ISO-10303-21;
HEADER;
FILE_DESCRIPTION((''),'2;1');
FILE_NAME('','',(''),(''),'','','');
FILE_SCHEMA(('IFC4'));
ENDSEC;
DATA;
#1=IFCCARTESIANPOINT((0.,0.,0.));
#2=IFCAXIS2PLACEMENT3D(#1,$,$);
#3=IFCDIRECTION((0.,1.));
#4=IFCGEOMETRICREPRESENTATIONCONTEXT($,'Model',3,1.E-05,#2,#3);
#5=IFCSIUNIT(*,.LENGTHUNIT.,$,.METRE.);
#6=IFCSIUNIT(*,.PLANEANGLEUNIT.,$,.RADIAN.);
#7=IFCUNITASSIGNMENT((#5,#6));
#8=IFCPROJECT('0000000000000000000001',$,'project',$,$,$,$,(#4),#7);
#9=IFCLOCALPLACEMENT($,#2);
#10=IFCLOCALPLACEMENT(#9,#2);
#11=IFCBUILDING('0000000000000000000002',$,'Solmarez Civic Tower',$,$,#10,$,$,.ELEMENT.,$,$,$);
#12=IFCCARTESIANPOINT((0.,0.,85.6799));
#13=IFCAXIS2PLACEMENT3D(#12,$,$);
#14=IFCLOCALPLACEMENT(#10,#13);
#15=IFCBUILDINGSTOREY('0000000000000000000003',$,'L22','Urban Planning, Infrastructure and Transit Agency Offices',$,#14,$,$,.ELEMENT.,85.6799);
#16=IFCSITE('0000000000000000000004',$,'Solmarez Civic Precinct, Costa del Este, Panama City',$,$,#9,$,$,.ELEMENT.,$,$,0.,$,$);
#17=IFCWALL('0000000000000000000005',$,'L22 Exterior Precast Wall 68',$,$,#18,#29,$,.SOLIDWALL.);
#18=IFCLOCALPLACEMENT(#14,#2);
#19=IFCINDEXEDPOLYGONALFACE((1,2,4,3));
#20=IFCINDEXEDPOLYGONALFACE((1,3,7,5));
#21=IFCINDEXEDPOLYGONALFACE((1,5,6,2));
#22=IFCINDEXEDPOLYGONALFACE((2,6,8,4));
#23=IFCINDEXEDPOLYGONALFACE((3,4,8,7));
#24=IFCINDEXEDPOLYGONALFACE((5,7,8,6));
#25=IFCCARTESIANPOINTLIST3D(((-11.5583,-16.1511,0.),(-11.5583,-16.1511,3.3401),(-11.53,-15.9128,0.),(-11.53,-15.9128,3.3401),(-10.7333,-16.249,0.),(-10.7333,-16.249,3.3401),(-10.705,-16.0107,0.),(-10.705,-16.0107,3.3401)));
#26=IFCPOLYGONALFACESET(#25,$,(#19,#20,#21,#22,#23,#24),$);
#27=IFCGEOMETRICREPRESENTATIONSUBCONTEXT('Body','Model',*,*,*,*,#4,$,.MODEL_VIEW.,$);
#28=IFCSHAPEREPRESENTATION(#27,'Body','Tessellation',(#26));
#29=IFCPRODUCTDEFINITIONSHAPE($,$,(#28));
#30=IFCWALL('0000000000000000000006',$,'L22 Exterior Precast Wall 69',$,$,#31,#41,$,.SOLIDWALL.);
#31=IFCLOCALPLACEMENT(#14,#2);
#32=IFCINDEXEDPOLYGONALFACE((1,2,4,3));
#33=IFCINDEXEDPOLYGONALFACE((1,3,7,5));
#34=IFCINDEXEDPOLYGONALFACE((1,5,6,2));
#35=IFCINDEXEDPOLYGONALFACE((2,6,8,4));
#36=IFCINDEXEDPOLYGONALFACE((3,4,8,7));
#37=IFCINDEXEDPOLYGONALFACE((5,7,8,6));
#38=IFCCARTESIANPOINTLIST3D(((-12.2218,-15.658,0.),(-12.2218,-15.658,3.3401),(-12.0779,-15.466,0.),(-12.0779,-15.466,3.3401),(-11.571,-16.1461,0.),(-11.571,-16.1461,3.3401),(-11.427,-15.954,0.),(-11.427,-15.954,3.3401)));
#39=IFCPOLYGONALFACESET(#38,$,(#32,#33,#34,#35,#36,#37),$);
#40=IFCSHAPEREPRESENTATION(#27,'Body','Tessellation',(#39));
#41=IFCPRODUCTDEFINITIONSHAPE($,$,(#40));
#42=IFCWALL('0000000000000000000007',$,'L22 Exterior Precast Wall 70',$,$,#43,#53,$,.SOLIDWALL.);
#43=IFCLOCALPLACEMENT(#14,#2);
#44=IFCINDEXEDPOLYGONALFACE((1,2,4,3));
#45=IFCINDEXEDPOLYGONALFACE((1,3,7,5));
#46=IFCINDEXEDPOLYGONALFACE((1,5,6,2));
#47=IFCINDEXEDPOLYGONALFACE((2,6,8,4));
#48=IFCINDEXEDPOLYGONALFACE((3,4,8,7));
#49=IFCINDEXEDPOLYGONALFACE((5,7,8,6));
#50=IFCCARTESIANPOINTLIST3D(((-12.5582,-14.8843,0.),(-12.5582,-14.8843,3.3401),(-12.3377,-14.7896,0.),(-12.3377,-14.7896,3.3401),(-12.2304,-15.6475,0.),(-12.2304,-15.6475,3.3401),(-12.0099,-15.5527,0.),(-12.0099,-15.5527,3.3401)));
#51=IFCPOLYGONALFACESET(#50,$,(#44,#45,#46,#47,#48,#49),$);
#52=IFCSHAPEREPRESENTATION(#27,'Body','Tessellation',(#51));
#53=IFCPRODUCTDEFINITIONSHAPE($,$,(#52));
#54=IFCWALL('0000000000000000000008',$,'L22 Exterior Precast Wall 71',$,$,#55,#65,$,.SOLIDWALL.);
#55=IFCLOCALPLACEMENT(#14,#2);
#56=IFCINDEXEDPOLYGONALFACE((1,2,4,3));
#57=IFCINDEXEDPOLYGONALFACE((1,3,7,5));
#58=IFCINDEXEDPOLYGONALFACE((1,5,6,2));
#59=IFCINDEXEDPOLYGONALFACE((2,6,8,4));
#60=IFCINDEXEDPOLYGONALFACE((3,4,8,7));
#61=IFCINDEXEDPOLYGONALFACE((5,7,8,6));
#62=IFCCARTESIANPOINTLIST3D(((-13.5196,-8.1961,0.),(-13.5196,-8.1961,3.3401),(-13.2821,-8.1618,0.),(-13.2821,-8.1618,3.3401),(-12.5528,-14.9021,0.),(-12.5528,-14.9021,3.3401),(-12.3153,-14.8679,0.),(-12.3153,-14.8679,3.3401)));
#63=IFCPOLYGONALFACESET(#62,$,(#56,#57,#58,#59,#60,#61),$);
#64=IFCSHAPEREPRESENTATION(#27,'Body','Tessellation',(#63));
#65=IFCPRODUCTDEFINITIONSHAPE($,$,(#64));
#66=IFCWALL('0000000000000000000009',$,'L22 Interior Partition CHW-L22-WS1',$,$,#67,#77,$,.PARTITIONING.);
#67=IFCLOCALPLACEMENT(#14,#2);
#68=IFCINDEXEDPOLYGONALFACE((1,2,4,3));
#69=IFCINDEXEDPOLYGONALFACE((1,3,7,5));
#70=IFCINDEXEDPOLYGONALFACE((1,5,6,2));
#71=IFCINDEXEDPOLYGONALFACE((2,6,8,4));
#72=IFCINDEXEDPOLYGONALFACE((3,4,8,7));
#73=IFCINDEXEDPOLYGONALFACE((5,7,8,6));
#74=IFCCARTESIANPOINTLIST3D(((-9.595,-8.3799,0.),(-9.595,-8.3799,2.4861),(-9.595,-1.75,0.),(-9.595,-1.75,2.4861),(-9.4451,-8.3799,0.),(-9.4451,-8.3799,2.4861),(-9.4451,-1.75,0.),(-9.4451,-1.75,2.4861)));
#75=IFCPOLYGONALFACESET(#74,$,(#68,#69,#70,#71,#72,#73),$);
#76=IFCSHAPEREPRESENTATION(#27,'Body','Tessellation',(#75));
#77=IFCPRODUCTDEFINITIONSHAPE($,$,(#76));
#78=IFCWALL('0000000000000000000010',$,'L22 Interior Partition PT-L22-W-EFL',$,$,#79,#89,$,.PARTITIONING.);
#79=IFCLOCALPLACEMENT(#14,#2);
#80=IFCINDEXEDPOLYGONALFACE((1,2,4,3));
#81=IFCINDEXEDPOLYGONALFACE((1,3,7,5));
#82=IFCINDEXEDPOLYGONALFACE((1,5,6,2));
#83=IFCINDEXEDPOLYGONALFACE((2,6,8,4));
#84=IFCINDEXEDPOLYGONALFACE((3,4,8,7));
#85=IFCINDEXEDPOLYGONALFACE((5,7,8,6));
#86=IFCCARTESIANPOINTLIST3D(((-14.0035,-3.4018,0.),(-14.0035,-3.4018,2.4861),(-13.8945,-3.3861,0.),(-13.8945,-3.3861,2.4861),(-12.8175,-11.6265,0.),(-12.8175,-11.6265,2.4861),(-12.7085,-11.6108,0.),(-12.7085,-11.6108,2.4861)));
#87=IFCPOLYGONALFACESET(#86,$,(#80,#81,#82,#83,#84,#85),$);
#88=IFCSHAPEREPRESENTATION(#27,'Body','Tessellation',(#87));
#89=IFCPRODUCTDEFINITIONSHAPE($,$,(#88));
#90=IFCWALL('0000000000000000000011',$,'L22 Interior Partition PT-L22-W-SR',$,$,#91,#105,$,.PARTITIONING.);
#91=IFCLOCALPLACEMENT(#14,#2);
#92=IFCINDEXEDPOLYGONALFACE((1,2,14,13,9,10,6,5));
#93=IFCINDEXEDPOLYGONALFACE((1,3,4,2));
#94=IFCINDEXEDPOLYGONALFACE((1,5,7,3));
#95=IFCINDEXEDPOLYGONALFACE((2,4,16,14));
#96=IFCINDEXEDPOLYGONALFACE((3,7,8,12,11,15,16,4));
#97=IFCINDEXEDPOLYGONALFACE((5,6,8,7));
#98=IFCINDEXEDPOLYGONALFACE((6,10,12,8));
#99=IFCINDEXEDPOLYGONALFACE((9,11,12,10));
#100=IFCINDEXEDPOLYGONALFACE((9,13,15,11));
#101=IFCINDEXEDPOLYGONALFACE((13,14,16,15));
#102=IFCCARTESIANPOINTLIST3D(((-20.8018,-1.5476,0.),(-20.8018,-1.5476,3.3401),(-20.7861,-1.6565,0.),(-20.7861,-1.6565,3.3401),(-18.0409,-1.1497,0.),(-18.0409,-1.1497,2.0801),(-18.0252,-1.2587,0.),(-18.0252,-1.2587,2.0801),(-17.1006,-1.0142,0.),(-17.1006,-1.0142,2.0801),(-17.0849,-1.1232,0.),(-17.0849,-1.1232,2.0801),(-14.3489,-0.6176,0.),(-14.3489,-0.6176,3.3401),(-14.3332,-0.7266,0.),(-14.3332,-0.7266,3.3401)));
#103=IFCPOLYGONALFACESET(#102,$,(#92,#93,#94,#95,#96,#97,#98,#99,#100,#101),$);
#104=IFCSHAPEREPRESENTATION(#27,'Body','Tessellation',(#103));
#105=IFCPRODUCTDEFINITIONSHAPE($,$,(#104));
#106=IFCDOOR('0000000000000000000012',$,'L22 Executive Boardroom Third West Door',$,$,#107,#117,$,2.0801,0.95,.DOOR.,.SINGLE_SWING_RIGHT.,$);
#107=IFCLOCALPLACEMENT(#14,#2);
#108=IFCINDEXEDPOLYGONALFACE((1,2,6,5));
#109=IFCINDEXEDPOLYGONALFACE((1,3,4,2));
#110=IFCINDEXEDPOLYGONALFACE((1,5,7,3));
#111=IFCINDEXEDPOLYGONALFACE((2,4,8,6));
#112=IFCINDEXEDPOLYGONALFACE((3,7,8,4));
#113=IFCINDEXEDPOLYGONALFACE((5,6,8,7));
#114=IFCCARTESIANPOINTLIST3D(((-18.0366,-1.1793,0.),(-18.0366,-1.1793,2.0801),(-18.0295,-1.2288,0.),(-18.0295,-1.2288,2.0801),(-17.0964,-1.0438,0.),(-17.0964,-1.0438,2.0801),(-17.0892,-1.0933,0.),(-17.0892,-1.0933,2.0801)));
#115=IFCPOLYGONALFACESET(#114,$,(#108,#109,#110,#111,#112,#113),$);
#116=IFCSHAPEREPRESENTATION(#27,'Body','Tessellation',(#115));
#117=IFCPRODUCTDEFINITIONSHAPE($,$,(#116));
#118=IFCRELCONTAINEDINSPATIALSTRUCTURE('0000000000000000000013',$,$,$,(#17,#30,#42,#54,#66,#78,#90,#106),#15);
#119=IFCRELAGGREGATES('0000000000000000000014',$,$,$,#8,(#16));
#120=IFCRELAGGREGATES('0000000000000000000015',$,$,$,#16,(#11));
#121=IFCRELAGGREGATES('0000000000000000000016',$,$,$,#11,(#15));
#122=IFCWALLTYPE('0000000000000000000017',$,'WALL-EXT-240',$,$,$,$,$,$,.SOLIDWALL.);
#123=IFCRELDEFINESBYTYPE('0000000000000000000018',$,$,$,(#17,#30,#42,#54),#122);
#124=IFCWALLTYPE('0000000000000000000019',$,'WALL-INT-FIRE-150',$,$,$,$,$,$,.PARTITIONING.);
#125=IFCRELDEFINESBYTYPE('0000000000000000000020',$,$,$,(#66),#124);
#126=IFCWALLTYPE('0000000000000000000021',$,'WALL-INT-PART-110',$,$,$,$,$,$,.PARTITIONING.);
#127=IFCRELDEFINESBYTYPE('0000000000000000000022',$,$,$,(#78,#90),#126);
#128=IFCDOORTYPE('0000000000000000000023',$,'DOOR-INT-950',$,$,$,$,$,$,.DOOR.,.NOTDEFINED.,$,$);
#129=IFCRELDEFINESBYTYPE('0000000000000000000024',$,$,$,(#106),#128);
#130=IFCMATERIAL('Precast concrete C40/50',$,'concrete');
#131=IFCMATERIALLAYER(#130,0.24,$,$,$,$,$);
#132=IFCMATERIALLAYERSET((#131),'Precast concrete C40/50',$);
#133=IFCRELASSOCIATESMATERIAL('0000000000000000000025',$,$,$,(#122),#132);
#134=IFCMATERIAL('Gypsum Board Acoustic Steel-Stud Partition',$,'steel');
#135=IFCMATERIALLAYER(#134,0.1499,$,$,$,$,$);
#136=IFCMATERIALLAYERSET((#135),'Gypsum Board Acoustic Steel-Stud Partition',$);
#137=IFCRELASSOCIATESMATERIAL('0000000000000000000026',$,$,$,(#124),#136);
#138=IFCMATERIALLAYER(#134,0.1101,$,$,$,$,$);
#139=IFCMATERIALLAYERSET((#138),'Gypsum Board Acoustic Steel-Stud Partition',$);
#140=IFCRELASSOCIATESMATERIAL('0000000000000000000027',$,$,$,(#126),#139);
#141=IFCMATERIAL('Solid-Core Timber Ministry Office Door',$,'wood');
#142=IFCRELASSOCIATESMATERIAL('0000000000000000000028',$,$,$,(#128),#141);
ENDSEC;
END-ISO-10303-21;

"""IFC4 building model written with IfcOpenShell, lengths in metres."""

from ifc_helpers import new_model, si_unit, direction, frame, frame_2d, origin, place, context, subcontext, project, spatial, rectangle, extrude, material, layer, layer_set, type_object, element, fill, save


model = new_model("IFC4")

# Units and contexts
model_context = context("Model", 3, precision=1e-05, world=origin(), true_north=direction((0.0, 1.0)))
body_context = subcontext(model_context, "Body", "Model", "MODEL_VIEW")
ifc_project = project(units=[si_unit("LENGTHUNIT", "METRE"), si_unit("PLANEANGLEUNIT", "RADIAN")], contexts=[model_context])

# Site, building, storey
site_placement = place(None, origin())
site = spatial("IfcSite", under=ifc_project, at=site_placement, Name="Solmarez Civic Precinct, Costa del Este, Panama City", CompositionType="ELEMENT", RefElevation=0.0)
building_placement = place(site_placement, origin())
building = spatial("IfcBuilding", under=site, at=building_placement, Name="Solmarez Civic Tower", CompositionType="ELEMENT")
storey_placement = place(building_placement, frame((0.0, 0.0, 85.6799)))
storey = spatial("IfcBuildingStorey", under=building, at=storey_placement, Name="L22", Description="Urban Planning, Infrastructure and Transit Agency Offices", CompositionType="ELEMENT", Elevation=85.6799)

# Shared definitions
ifc_material_1 = material(Name="Precast concrete C40/50", Category="concrete")
ifc_layer_1 = layer(ifc_material_1, 0.24)
ifc_layer_set_1 = layer_set([ifc_layer_1], Name="Precast concrete C40/50")
wall_type_1 = type_object("IfcWallType", Name="WALL-EXT-240", PredefinedType="SOLIDWALL", material=ifc_layer_set_1)

# Walls
wall_1_placement = place(storey_placement, frame((-10.719, -16.1299, 0.0), z_axis=(0.0, 0.0, 1.0), x_axis=(-0.993032, 0.117847, 0.0)))
element("IfcWall", 1, at=wall_1_placement, inside=storey, type_object=wall_type_1, Name="L22 Exterior Precast Wall 68", PredefinedType="SOLIDWALL", context=body_context, shape_type="SweptSolid", body=[
    extrude(rectangle(XDim=0.8308, YDim=0.24, at=frame_2d((0.4155, 0.0))), origin(), (0.0, 0.0, 1.0), 3.3401),
])
wall_2_placement = place(storey_placement, frame((-11.499, -16.05, 0.0), z_axis=(0.0, 0.0, 1.0), x_axis=(-0.800072, 0.599904, 0.0)))
element("IfcWall", 2, at=wall_2_placement, inside=storey, type_object=wall_type_1, Name="L22 Exterior Precast Wall 69", PredefinedType="SOLIDWALL", context=body_context, shape_type="SweptSolid", body=[
    extrude(rectangle(XDim=0.8135, YDim=0.24, at=frame_2d((0.4067, 0.0))), origin(), (0.0, 0.0, 1.0), 3.3401),
])
wall_3_placement = place(storey_placement, frame((-12.1201, -15.6001, 0.0), z_axis=(0.0, 0.0, 1.0), x_axis=(-0.394735, 0.918795, 0.0)))
element("IfcWall", 3, at=wall_3_placement, inside=storey, type_object=wall_type_1, Name="L22 Exterior Precast Wall 70", PredefinedType="SOLIDWALL", context=body_context, shape_type="SweptSolid", body=[
    extrude(rectangle(XDim=0.8306, YDim=0.24, at=frame_2d((0.4153, 0.0))), origin(), (0.0, 0.0, 1.0), 3.3401),
])
wall_4_placement = place(storey_placement, frame((-12.4341, -14.885, 0.0), z_axis=(0.0, 0.0, 1.0), x_axis=(-0.142693, 0.989767, 0.0)))
element("IfcWall", 4, at=wall_4_placement, inside=storey, type_object=wall_type_1, Name="L22 Exterior Precast Wall 71", PredefinedType="SOLIDWALL", context=body_context, shape_type="SweptSolid", body=[
    extrude(rectangle(XDim=6.7754, YDim=0.24, at=frame_2d((3.3877, 0.0))), origin(), (0.0, 0.0, 1.0), 3.3401),
])
ifc_material_2 = material(Name="Gypsum Board Acoustic Steel-Stud Partition", Category="steel")
ifc_layer_2 = layer(ifc_material_2, 0.1499)
ifc_layer_set_2 = layer_set([ifc_layer_2], Name="Gypsum Board Acoustic Steel-Stud Partition")
wall_type_2 = type_object("IfcWallType", Name="WALL-INT-FIRE-150", PredefinedType="PARTITIONING", material=ifc_layer_set_2)
wall_5_placement = place(storey_placement, frame((-9.52, -8.3799, 0.0), z_axis=(0.0, 0.0, 1.0), x_axis=(0.0, 1.0, 0.0)))
element("IfcWall", 5, at=wall_5_placement, inside=storey, type_object=wall_type_2, Name="L22 Interior Partition CHW-L22-WS1", PredefinedType="PARTITIONING", context=body_context, shape_type="SweptSolid", body=[
    extrude(rectangle(XDim=6.6299, YDim=0.1499, at=frame_2d((3.3149, 0.0))), origin(), (0.0, 0.0, 1.0), 2.4861),
])
ifc_layer_3 = layer(ifc_material_2, 0.1101)
ifc_layer_set_3 = layer_set([ifc_layer_3], Name="Gypsum Board Acoustic Steel-Stud Partition")
wall_type_3 = type_object("IfcWallType", Name="WALL-INT-PART-110", PredefinedType="PARTITIONING", material=ifc_layer_set_3)
wall_6_placement = place(storey_placement, frame((-13.949, -3.394, 0.0), z_axis=(0.0, 0.0, 1.0), x_axis=(0.142725, -0.989762, 0.0)))
element("IfcWall", 6, at=wall_6_placement, inside=storey, type_object=wall_type_3, Name="L22 Interior Partition PT-L22-W-EFL", PredefinedType="PARTITIONING", context=body_context, shape_type="SweptSolid", body=[
    extrude(rectangle(XDim=8.3098, YDim=0.1101, at=frame_2d((4.1548, 0.0))), origin(), (0.0, 0.0, 1.0), 2.4861),
])

# Wall, opening, door
wall_7_placement = place(storey_placement, frame((-14.3411, -0.6721, 0.0), z_axis=(0.0, 0.0, 1.0), x_axis=(-0.989775, -0.142638, 0.0)))
wall_7 = element("IfcWall", 7, at=wall_7_placement, inside=storey, type_object=wall_type_3, Name="L22 Interior Partition PT-L22-W-SR", PredefinedType="PARTITIONING", context=body_context, shape_type="SweptSolid", body=[
    extrude(rectangle(XDim=6.5195, YDim=0.1101, at=frame_2d((3.2598, 0.0))), origin(), (0.0, 0.0, 1.0), 3.3401),
])
opening_1_placement = place(wall_7_placement, frame((2.78, 0.0, 0.0)))
opening_1 = element("IfcOpeningElement", 8, at=opening_1_placement, cuts=wall_7, PredefinedType="OPENING", context=body_context, shape_type="SweptSolid", body=[
    extrude(rectangle(XDim=0.95, YDim=2.0801, at=frame_2d((0.4751, 1.04))), frame((0.0, 0.0649, 0.0), z_axis=(0.0, -1.0, 0.0), x_axis=(1.0, 0.0, 0.0)), (0.0, 0.0, 1.0), 0.1301),
])
ifc_material_3 = material(Name="Solid-Core Timber Ministry Office Door", Category="wood")
door_type = type_object("IfcDoorType", Name="DOOR-INT-950", OperationType="NOTDEFINED", PredefinedType="DOOR", material=ifc_material_3)
door_placement = place(opening_1_placement, origin())
door = element("IfcDoor", 9, at=door_placement, inside=storey, type_object=door_type, Name="L22 Executive Boardroom Third West Door", OperationType="SINGLE_SWING_RIGHT", OverallHeight=2.0801, OverallWidth=0.95, PredefinedType="DOOR", context=body_context, shape_type="SweptSolid", body=[
    extrude(rectangle(XDim=0.95, YDim=2.0801, at=frame_2d((0.4751, 1.04))), frame((0.0, 0.0249, 0.0), z_axis=(0.0, -1.0, 0.0), x_axis=(1.0, 0.0, 0.0)), (0.0, 0.0, 1.0), 0.05),
])
fill(opening_1, door)

save(model, "model.ifc")
